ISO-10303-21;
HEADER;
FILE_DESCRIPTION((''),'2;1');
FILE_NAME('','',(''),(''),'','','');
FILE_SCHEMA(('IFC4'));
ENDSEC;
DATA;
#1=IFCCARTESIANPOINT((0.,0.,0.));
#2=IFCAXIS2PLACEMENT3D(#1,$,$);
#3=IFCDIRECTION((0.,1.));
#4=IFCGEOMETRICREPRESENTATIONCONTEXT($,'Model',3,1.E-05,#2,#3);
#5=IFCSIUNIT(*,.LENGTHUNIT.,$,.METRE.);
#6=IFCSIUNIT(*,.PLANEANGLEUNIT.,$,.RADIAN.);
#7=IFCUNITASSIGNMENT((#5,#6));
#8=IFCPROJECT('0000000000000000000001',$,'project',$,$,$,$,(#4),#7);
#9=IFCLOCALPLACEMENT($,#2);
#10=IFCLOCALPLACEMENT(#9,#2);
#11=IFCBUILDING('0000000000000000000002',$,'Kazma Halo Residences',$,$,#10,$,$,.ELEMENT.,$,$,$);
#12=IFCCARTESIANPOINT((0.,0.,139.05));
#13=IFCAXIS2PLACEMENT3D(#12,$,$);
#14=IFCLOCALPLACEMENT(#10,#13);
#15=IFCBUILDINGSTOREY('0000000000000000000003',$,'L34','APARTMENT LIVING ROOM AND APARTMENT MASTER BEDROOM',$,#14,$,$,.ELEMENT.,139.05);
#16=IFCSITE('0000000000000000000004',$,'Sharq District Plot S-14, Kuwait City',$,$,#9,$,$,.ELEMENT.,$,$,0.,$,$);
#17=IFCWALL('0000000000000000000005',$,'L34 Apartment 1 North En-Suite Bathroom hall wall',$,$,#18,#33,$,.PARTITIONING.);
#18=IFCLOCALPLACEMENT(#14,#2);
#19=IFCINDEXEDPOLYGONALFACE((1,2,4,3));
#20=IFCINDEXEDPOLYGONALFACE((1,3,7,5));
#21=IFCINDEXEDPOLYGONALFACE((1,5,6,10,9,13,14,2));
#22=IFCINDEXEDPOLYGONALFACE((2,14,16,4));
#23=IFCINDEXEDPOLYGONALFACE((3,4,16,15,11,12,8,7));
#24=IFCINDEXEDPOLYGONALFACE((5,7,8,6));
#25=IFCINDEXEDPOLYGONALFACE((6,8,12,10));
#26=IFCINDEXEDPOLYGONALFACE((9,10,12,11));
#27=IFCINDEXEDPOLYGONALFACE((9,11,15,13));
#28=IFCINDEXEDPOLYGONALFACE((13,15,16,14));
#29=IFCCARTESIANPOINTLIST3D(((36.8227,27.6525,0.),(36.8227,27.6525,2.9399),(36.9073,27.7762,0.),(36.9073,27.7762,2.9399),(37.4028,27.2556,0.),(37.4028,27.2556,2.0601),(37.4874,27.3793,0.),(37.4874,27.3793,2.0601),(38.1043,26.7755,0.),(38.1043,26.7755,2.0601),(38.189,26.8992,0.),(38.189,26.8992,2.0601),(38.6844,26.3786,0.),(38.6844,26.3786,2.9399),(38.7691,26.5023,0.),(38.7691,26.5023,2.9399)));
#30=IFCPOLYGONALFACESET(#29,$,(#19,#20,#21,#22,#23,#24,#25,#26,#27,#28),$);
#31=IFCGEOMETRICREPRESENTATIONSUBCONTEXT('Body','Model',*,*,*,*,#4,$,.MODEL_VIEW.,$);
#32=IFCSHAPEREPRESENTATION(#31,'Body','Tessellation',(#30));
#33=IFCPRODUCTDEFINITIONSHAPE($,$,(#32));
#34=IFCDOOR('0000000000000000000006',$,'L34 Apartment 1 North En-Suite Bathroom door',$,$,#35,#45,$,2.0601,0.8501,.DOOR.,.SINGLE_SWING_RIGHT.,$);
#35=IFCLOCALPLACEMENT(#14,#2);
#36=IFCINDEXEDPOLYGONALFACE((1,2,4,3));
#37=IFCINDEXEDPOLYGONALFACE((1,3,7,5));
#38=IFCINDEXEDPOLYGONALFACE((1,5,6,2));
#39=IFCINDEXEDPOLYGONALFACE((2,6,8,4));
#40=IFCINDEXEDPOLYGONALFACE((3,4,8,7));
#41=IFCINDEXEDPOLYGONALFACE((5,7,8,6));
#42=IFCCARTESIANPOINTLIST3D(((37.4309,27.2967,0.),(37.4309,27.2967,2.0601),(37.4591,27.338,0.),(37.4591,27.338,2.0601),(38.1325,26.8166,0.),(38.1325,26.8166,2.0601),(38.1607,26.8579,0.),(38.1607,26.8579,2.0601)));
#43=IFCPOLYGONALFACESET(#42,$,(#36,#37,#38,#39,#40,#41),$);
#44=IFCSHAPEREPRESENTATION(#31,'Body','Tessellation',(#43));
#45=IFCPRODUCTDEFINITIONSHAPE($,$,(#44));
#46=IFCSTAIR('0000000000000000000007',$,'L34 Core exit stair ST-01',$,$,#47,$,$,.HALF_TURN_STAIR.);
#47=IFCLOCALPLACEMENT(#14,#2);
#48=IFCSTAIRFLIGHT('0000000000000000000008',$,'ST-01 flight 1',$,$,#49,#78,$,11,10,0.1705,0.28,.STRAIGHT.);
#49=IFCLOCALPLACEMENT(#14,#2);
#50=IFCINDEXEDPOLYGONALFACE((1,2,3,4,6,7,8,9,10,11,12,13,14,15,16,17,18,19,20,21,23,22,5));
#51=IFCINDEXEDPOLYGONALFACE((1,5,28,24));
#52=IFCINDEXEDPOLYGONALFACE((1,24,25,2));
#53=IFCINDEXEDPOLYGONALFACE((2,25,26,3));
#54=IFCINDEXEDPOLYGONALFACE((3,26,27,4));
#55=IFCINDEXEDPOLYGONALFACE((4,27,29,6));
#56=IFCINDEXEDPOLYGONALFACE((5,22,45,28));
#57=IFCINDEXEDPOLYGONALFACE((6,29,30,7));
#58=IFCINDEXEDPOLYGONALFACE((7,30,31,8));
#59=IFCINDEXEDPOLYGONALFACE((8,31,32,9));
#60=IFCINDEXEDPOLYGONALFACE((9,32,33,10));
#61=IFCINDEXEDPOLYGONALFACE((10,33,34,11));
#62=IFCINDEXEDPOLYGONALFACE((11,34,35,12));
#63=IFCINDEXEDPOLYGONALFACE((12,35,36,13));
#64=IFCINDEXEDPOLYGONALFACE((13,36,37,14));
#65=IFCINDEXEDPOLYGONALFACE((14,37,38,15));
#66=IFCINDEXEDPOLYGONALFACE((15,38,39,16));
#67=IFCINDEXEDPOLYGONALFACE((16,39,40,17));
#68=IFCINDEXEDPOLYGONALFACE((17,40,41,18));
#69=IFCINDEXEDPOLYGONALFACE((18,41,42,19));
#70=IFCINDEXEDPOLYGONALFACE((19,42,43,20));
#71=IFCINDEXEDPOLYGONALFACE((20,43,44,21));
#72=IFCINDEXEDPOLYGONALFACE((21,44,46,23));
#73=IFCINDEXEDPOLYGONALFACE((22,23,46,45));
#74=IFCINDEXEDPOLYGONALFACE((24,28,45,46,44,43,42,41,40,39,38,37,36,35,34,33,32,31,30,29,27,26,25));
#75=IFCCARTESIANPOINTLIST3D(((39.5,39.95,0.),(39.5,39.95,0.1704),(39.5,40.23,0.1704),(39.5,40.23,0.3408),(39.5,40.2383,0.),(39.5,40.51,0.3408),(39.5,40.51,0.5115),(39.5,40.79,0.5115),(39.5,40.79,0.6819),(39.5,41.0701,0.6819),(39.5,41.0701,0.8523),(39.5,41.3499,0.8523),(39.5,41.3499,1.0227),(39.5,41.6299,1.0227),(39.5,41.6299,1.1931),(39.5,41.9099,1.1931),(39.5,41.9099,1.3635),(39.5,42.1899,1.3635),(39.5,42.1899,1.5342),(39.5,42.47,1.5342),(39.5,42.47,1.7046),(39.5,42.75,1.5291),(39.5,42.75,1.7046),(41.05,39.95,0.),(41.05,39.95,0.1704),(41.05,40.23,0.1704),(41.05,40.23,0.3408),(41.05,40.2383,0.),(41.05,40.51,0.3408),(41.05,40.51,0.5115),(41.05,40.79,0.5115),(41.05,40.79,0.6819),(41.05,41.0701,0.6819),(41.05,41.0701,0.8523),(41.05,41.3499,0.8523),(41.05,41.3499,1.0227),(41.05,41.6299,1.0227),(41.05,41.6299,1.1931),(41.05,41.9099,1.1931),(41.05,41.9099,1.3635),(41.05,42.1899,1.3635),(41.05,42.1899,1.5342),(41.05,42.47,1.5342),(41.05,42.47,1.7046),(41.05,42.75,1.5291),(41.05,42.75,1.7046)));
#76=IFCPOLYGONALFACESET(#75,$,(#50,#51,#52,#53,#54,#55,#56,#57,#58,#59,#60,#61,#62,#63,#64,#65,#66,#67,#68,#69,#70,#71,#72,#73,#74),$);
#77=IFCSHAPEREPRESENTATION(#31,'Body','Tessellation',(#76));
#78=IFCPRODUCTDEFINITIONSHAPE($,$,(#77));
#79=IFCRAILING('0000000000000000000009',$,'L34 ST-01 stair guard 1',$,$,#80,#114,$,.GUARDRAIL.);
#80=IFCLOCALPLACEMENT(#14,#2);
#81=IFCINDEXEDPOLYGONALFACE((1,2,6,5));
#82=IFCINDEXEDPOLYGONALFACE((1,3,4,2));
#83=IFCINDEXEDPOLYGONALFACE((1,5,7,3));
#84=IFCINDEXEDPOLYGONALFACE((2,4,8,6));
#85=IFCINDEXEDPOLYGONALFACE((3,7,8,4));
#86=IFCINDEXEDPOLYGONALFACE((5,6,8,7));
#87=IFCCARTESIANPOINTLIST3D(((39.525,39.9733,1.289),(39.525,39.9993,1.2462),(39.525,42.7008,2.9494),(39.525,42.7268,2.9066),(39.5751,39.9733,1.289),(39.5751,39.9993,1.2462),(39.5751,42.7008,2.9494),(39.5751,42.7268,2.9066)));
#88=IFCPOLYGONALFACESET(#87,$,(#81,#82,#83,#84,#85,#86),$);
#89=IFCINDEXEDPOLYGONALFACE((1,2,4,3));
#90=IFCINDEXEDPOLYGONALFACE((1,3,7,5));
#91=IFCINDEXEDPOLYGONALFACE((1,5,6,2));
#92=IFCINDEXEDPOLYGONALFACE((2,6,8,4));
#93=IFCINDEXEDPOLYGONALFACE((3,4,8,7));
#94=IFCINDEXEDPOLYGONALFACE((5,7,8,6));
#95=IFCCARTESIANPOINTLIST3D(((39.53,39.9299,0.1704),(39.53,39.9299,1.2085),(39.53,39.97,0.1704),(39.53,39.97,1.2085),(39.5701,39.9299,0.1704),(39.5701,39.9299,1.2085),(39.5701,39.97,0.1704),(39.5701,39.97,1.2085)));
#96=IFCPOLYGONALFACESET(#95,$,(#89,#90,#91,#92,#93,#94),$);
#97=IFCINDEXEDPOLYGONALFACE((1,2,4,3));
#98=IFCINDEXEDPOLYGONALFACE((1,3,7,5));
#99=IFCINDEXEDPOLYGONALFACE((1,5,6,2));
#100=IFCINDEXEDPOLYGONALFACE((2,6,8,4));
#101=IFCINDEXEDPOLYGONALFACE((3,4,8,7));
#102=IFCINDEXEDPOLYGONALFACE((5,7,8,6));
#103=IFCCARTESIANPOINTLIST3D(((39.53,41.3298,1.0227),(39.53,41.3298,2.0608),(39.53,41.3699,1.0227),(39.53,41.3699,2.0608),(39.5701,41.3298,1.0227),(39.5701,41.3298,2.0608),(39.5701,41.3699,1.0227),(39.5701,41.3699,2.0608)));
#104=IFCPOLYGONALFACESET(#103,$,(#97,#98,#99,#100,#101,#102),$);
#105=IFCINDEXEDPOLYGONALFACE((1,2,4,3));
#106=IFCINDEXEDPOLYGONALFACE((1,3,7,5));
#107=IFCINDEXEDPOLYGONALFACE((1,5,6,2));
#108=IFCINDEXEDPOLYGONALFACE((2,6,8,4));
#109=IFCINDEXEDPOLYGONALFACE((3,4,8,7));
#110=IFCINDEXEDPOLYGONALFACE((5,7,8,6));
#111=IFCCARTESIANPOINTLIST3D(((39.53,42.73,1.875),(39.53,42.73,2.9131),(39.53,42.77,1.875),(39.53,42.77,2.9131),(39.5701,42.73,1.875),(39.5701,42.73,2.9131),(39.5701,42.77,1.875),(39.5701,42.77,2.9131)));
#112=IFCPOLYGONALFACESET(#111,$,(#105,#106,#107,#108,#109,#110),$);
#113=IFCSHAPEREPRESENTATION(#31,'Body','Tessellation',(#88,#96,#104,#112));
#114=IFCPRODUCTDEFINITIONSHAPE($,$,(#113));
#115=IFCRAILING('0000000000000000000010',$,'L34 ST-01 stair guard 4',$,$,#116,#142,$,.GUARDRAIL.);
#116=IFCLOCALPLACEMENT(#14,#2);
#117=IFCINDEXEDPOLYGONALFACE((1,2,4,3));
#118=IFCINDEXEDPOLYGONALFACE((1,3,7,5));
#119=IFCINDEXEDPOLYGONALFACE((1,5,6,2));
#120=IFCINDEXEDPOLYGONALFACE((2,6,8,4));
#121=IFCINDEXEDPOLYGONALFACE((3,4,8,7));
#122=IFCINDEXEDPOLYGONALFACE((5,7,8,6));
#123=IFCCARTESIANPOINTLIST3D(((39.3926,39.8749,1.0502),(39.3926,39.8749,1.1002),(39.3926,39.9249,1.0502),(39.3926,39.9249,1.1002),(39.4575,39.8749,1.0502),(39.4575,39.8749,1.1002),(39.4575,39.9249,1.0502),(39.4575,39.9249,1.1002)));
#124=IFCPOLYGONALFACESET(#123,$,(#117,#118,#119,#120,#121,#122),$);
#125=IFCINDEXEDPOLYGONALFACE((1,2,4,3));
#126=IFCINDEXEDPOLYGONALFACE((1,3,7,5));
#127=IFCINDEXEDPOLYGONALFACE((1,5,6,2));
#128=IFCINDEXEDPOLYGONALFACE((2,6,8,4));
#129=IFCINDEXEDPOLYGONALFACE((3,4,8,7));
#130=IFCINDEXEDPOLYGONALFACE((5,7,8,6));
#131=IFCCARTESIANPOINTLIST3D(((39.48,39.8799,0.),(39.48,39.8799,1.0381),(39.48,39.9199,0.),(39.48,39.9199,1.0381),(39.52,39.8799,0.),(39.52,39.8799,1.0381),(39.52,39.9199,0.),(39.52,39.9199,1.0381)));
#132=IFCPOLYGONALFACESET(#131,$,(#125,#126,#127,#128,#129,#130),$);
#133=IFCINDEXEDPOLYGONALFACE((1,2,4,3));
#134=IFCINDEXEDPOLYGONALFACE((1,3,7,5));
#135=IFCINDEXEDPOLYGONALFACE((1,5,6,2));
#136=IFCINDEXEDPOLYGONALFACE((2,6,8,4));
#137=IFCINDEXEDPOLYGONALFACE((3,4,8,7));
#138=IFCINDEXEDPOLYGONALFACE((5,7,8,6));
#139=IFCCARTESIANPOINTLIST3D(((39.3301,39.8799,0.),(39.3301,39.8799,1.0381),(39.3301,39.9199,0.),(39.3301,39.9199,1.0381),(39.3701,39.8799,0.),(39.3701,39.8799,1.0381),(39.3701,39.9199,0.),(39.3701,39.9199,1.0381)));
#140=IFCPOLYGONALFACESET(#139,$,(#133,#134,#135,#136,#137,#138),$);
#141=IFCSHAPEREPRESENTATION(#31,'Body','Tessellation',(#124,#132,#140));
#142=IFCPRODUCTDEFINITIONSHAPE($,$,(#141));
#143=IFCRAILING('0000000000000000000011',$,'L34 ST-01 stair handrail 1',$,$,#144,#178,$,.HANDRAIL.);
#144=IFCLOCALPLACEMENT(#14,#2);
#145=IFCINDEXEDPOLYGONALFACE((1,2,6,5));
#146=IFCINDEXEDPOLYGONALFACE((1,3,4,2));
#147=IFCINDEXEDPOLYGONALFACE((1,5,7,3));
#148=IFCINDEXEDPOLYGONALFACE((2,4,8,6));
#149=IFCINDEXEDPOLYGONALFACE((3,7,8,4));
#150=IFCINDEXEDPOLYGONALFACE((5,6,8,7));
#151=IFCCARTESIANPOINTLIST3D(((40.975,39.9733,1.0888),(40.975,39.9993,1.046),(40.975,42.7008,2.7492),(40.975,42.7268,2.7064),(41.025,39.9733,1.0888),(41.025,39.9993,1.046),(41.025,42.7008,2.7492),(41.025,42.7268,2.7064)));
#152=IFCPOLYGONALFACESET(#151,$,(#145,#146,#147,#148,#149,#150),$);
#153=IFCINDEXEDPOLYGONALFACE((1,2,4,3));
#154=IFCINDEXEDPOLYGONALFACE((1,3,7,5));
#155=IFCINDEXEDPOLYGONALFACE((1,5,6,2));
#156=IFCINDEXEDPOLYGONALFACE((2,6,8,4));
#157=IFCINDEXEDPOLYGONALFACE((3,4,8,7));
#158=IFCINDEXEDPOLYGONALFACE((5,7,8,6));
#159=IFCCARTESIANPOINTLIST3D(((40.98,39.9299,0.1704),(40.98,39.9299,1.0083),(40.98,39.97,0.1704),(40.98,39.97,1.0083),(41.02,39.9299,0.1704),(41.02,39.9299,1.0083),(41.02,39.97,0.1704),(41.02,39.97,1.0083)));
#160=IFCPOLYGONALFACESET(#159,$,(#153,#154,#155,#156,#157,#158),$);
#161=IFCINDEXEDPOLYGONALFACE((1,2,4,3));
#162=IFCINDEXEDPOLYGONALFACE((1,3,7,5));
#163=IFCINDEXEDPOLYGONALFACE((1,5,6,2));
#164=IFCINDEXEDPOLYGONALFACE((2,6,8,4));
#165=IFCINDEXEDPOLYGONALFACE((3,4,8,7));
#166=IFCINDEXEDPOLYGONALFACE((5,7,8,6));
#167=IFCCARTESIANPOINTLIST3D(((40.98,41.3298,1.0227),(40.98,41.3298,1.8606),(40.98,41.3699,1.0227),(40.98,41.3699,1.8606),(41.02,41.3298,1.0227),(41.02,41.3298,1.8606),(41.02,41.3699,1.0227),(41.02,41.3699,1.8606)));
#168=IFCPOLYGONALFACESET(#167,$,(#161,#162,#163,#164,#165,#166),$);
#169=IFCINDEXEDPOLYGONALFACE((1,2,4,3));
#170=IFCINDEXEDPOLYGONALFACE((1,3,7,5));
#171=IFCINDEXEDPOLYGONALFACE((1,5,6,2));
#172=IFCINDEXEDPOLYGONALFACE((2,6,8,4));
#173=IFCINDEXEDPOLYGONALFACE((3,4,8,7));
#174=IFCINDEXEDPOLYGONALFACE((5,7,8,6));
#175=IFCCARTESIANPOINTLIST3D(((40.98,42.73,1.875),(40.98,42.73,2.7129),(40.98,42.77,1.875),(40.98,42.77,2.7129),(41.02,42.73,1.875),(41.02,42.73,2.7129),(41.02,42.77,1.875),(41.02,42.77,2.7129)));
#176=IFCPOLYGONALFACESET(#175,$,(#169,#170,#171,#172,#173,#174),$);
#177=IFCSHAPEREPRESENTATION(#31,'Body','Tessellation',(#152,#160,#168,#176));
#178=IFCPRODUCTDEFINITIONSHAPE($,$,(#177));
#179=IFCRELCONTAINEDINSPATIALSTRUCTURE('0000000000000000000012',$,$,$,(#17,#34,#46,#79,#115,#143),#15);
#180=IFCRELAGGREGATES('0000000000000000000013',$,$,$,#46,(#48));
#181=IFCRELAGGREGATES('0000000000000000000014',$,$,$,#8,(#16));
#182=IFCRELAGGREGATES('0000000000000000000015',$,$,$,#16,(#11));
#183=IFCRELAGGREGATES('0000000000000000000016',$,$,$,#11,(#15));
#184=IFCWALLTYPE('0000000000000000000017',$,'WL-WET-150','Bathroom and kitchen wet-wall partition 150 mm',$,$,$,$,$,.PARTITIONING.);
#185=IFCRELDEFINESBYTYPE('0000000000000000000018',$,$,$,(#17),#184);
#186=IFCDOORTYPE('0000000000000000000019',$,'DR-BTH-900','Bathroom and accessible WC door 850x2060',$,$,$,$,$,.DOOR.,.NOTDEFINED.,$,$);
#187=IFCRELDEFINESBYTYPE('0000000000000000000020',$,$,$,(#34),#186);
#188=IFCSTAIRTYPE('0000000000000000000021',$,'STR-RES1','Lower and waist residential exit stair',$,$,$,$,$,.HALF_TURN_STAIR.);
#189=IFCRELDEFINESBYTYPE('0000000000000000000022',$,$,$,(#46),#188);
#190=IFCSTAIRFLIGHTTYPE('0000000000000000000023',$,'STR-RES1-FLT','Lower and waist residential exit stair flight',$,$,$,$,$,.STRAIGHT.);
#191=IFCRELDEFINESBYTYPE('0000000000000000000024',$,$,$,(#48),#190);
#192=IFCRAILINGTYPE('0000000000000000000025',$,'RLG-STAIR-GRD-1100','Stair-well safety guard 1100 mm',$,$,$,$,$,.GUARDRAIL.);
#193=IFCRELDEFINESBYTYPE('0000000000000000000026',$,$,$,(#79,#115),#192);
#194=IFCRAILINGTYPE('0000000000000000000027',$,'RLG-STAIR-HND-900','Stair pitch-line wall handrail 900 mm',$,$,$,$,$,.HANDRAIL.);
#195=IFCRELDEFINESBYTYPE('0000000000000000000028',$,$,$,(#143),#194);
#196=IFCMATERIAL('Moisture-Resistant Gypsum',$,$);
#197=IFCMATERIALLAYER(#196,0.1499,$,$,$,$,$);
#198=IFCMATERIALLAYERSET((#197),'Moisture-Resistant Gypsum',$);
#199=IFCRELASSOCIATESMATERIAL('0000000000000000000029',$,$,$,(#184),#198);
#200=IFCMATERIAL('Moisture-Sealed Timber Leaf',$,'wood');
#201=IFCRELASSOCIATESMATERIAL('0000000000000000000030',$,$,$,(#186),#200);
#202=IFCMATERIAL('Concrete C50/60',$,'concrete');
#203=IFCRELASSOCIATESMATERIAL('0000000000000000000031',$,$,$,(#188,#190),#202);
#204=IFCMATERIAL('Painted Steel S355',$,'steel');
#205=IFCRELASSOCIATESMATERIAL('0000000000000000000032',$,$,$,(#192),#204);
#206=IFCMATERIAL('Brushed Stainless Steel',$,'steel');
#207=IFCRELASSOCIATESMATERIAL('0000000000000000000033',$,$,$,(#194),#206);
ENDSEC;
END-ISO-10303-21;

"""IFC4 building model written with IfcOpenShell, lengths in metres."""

from ifc_helpers import new_model, si_unit, direction, frame, frame_2d, origin, origin_2d, place, context, subcontext, project, spatial, polyline, rectangle, outline, extrude, material, layer, layer_set, type_object, element, fill, aggregate, save


model = new_model("IFC4")

# Units and contexts
model_context = context("Model", 3, precision=1e-05, world=origin(), true_north=direction((0.0, 1.0)))
body_context = subcontext(model_context, "Body", "Model", "MODEL_VIEW")
ifc_project = project(units=[si_unit("LENGTHUNIT", "METRE"), si_unit("PLANEANGLEUNIT", "RADIAN")], contexts=[model_context])

# Site, building, storey
site_placement = place(None, origin())
site = spatial("IfcSite", under=ifc_project, at=site_placement, Name="Sharq District Plot S-14, Kuwait City", CompositionType="ELEMENT", RefElevation=0.0)
building_placement = place(site_placement, origin())
building = spatial("IfcBuilding", under=site, at=building_placement, Name="Kazma Halo Residences", CompositionType="ELEMENT")
storey_placement = place(building_placement, frame((0.0, 0.0, 139.05)))
storey = spatial("IfcBuildingStorey", under=building, at=storey_placement, Name="L34", Description="APARTMENT LIVING ROOM AND APARTMENT MASTER BEDROOM", CompositionType="ELEMENT", Elevation=139.05)

# Wall, opening, door
ifc_material_1 = material(Name="Concrete C50/60", Category="concrete")
ifc_material_2 = material(Name="Moisture-Resistant Gypsum")
ifc_layer_1 = layer(ifc_material_2, 0.1499)
ifc_layer_set_1 = layer_set([ifc_layer_1], Name="Moisture-Resistant Gypsum")
wall_type_1 = type_object("IfcWallType", Name="WL-WET-150", Description="Bathroom and kitchen wet-wall partition 150 mm", PredefinedType="PARTITIONING", material=ifc_layer_set_1)
wall_1_placement = place(storey_placement, frame((36.865, 27.7144, 0.0), z_axis=(0.0, 0.0, 1.0), x_axis=(0.825297, -0.564699, 0.0)))
wall_1 = element("IfcWall", 1, at=wall_1_placement, inside=storey, type_object=wall_type_1, Name="L34 Apartment 1 North En-Suite Bathroom hall wall", PredefinedType="PARTITIONING", context=body_context, shape_type="SweptSolid", body=[
    extrude(rectangle(XDim=2.2559, YDim=0.1499, at=frame_2d((1.1279, 0.0))), origin(), (0.0, 0.0, 1.0), 2.9399),
])
opening_1_placement = place(wall_1_placement, frame((0.7029, 0.0, 0.0)))
opening_1 = element("IfcOpeningElement", 2, at=opening_1_placement, cuts=wall_1, PredefinedType="OPENING", context=body_context, shape_type="SweptSolid", body=[
    extrude(rectangle(XDim=0.8501, YDim=2.0601, at=frame_2d((0.425, 1.03))), frame((0.0, 0.085, 0.0), z_axis=(0.0, -1.0, 0.0), x_axis=(1.0, 0.0, 0.0)), (0.0, 0.0, 1.0), 0.1699),
])
ifc_material_3 = material(Name="Moisture-Sealed Timber Leaf", Category="wood")
door_type_1 = type_object("IfcDoorType", Name="DR-BTH-900", Description="Bathroom and accessible WC door 850x2060", OperationType="NOTDEFINED", PredefinedType="DOOR", material=ifc_material_3)
door_1_placement = place(opening_1_placement, origin())
door_1 = element("IfcDoor", 3, at=door_1_placement, inside=storey, type_object=door_type_1, Name="L34 Apartment 1 North En-Suite Bathroom door", OperationType="SINGLE_SWING_RIGHT", OverallHeight=2.0601, OverallWidth=0.8501, PredefinedType="DOOR", context=body_context, shape_type="SweptSolid", body=[
    extrude(rectangle(XDim=0.8501, YDim=2.0601, at=frame_2d((0.425, 1.03))), frame((0.0, 0.0249, 0.0), z_axis=(0.0, -1.0, 0.0), x_axis=(1.0, 0.0, 0.0)), (0.0, 0.0, 1.0), 0.05),
])
fill(opening_1, door_1)

# Stair, stair flight
stair_type = type_object("IfcStairType", Name="STR-RES1", Description="Lower and waist residential exit stair", PredefinedType="HALF_TURN_STAIR", material=ifc_material_1)
stair_placement = place(storey_placement, origin())
stair = element("IfcStair", 4, at=stair_placement, inside=storey, type_object=stair_type, Name="L34 Core exit stair ST-01", PredefinedType="HALF_TURN_STAIR")
stair_flight_type = type_object("IfcStairFlightType", Name="STR-RES1-FLT", Description="Lower and waist residential exit stair flight", PredefinedType="STRAIGHT", material=ifc_material_1)
stair_flight_placement = place(storey_placement, frame((40.2749, 39.95, 0.0), z_axis=(0.0, 0.0, 1.0), x_axis=(0.0, 1.0, 0.0)))
stair_flight = element("IfcStairFlight", 5, at=stair_flight_placement, type_object=stair_flight_type, Name="ST-01 flight 1", NumberOfRisers=11, NumberOfTreads=10, PredefinedType="STRAIGHT", RiserHeight=0.1705, TreadLength=0.28, context=body_context, shape_type="SweptSolid", body=[
    extrude(outline(polyline([(0.0, 0.0), (0.0, 0.1704), (0.28, 0.1704), (0.28, 0.3408), (0.5601, 0.3408), (0.5601, 0.5115), (0.8401, 0.5115), (0.8401, 0.6819), (1.1201, 0.6819), (1.1201, 0.8523), (1.3999, 0.8523), (1.3999, 1.0227), (1.6799, 1.0227), (1.6799, 1.1931), (1.96, 1.1931), (1.96, 1.3635), (2.24, 1.3635), (2.24, 1.5342), (2.52, 1.5342), (2.52, 1.7046), (2.8, 1.7046), (2.8, 1.875), (2.8, 1.5291), (0.2883, 0.0), (0.0, 0.0)])), frame((0.0, 0.7749, 0.0), z_axis=(0.0, -1.0, 0.0), x_axis=(1.0, 0.0, 0.0)), (0.0, 0.0, 1.0), 1.55),
])
aggregate(stair, [stair_flight])

# Railings
ifc_material_4 = material(Name="Painted Steel S355", Category="steel")
railing_type_1 = type_object("IfcRailingType", Name="RLG-STAIR-GRD-1100", Description="Stair-well safety guard 1100 mm", PredefinedType="GUARDRAIL", material=ifc_material_4)
railing_1_placement = place(storey_placement, frame((39.55, 39.95, 0.1704)))
element("IfcRailing", 6, at=railing_1_placement, inside=storey, type_object=railing_type_1, Name="L34 ST-01 stair guard 1", PredefinedType="GUARDRAIL", context=body_context, shape_type="SweptSolid", body=[
    extrude(rectangle(XDim=0.05, YDim=0.05, at=origin_2d()), frame((0.0, 0.0364, 1.0972), z_axis=(0.0, 0.85417, 0.519994), x_axis=(-1.0, 0.0, 0.0)), (0.0, 0.0, 1.0), 3.1931),
    extrude(rectangle(XDim=0.04, YDim=0.04, at=origin_2d()), origin(), (0.0, 0.0, 1.0), 1.0381),
    extrude(rectangle(XDim=0.04, YDim=0.04, at=origin_2d()), frame((0.0, 1.3999, 0.8523)), (0.0, 0.0, 1.0), 1.0381),
    extrude(rectangle(XDim=0.04, YDim=0.04, at=origin_2d()), frame((0.0, 2.8, 1.7046)), (0.0, 0.0, 1.0), 1.0381),
])
railing_2_placement = place(storey_placement, frame((39.5, 39.8999, 0.0)))
element("IfcRailing", 7, at=railing_2_placement, inside=storey, type_object=railing_type_1, Name="L34 ST-01 stair guard 4", PredefinedType="GUARDRAIL", context=body_context, shape_type="SweptSolid", body=[
    extrude(rectangle(XDim=0.05, YDim=0.05, at=origin_2d()), frame((-0.0425, 0.0, 1.0752), z_axis=(-1.0, 0.0, 0.0), x_axis=(0.0, -1.0, 0.0)), (0.0, 0.0, 1.0), 0.0649),
    extrude(rectangle(XDim=0.04, YDim=0.04, at=origin_2d()), origin(), (0.0, 0.0, 1.0), 1.0381),
    extrude(rectangle(XDim=0.04, YDim=0.04, at=origin_2d()), frame((-0.1499, 0.0, 0.0)), (0.0, 0.0, 1.0), 1.0381),
])
ifc_material_5 = material(Name="Brushed Stainless Steel", Category="steel")
railing_type_2 = type_object("IfcRailingType", Name="RLG-STAIR-HND-900", Description="Stair pitch-line wall handrail 900 mm", PredefinedType="HANDRAIL", material=ifc_material_5)
railing_3_placement = place(storey_placement, frame((41.0, 39.95, 0.1704)))
element("IfcRailing", 8, at=railing_3_placement, inside=storey, type_object=railing_type_2, Name="L34 ST-01 stair handrail 1", PredefinedType="HANDRAIL", context=body_context, shape_type="SweptSolid", body=[
    extrude(rectangle(XDim=0.05, YDim=0.05, at=origin_2d()), frame((0.0, 0.0364, 0.897), z_axis=(0.0, 0.85417, 0.519994), x_axis=(-1.0, 0.0, 0.0)), (0.0, 0.0, 1.0), 3.1931),
    extrude(rectangle(XDim=0.04, YDim=0.04, at=origin_2d()), origin(), (0.0, 0.0, 1.0), 0.8379),
    extrude(rectangle(XDim=0.04, YDim=0.04, at=origin_2d()), frame((0.0, 1.3999, 0.8523)), (0.0, 0.0, 1.0), 0.8379),
    extrude(rectangle(XDim=0.04, YDim=0.04, at=origin_2d()), frame((0.0, 2.8, 1.7046)), (0.0, 0.0, 1.0), 0.8379),
])

save(model, "model.ifc")
